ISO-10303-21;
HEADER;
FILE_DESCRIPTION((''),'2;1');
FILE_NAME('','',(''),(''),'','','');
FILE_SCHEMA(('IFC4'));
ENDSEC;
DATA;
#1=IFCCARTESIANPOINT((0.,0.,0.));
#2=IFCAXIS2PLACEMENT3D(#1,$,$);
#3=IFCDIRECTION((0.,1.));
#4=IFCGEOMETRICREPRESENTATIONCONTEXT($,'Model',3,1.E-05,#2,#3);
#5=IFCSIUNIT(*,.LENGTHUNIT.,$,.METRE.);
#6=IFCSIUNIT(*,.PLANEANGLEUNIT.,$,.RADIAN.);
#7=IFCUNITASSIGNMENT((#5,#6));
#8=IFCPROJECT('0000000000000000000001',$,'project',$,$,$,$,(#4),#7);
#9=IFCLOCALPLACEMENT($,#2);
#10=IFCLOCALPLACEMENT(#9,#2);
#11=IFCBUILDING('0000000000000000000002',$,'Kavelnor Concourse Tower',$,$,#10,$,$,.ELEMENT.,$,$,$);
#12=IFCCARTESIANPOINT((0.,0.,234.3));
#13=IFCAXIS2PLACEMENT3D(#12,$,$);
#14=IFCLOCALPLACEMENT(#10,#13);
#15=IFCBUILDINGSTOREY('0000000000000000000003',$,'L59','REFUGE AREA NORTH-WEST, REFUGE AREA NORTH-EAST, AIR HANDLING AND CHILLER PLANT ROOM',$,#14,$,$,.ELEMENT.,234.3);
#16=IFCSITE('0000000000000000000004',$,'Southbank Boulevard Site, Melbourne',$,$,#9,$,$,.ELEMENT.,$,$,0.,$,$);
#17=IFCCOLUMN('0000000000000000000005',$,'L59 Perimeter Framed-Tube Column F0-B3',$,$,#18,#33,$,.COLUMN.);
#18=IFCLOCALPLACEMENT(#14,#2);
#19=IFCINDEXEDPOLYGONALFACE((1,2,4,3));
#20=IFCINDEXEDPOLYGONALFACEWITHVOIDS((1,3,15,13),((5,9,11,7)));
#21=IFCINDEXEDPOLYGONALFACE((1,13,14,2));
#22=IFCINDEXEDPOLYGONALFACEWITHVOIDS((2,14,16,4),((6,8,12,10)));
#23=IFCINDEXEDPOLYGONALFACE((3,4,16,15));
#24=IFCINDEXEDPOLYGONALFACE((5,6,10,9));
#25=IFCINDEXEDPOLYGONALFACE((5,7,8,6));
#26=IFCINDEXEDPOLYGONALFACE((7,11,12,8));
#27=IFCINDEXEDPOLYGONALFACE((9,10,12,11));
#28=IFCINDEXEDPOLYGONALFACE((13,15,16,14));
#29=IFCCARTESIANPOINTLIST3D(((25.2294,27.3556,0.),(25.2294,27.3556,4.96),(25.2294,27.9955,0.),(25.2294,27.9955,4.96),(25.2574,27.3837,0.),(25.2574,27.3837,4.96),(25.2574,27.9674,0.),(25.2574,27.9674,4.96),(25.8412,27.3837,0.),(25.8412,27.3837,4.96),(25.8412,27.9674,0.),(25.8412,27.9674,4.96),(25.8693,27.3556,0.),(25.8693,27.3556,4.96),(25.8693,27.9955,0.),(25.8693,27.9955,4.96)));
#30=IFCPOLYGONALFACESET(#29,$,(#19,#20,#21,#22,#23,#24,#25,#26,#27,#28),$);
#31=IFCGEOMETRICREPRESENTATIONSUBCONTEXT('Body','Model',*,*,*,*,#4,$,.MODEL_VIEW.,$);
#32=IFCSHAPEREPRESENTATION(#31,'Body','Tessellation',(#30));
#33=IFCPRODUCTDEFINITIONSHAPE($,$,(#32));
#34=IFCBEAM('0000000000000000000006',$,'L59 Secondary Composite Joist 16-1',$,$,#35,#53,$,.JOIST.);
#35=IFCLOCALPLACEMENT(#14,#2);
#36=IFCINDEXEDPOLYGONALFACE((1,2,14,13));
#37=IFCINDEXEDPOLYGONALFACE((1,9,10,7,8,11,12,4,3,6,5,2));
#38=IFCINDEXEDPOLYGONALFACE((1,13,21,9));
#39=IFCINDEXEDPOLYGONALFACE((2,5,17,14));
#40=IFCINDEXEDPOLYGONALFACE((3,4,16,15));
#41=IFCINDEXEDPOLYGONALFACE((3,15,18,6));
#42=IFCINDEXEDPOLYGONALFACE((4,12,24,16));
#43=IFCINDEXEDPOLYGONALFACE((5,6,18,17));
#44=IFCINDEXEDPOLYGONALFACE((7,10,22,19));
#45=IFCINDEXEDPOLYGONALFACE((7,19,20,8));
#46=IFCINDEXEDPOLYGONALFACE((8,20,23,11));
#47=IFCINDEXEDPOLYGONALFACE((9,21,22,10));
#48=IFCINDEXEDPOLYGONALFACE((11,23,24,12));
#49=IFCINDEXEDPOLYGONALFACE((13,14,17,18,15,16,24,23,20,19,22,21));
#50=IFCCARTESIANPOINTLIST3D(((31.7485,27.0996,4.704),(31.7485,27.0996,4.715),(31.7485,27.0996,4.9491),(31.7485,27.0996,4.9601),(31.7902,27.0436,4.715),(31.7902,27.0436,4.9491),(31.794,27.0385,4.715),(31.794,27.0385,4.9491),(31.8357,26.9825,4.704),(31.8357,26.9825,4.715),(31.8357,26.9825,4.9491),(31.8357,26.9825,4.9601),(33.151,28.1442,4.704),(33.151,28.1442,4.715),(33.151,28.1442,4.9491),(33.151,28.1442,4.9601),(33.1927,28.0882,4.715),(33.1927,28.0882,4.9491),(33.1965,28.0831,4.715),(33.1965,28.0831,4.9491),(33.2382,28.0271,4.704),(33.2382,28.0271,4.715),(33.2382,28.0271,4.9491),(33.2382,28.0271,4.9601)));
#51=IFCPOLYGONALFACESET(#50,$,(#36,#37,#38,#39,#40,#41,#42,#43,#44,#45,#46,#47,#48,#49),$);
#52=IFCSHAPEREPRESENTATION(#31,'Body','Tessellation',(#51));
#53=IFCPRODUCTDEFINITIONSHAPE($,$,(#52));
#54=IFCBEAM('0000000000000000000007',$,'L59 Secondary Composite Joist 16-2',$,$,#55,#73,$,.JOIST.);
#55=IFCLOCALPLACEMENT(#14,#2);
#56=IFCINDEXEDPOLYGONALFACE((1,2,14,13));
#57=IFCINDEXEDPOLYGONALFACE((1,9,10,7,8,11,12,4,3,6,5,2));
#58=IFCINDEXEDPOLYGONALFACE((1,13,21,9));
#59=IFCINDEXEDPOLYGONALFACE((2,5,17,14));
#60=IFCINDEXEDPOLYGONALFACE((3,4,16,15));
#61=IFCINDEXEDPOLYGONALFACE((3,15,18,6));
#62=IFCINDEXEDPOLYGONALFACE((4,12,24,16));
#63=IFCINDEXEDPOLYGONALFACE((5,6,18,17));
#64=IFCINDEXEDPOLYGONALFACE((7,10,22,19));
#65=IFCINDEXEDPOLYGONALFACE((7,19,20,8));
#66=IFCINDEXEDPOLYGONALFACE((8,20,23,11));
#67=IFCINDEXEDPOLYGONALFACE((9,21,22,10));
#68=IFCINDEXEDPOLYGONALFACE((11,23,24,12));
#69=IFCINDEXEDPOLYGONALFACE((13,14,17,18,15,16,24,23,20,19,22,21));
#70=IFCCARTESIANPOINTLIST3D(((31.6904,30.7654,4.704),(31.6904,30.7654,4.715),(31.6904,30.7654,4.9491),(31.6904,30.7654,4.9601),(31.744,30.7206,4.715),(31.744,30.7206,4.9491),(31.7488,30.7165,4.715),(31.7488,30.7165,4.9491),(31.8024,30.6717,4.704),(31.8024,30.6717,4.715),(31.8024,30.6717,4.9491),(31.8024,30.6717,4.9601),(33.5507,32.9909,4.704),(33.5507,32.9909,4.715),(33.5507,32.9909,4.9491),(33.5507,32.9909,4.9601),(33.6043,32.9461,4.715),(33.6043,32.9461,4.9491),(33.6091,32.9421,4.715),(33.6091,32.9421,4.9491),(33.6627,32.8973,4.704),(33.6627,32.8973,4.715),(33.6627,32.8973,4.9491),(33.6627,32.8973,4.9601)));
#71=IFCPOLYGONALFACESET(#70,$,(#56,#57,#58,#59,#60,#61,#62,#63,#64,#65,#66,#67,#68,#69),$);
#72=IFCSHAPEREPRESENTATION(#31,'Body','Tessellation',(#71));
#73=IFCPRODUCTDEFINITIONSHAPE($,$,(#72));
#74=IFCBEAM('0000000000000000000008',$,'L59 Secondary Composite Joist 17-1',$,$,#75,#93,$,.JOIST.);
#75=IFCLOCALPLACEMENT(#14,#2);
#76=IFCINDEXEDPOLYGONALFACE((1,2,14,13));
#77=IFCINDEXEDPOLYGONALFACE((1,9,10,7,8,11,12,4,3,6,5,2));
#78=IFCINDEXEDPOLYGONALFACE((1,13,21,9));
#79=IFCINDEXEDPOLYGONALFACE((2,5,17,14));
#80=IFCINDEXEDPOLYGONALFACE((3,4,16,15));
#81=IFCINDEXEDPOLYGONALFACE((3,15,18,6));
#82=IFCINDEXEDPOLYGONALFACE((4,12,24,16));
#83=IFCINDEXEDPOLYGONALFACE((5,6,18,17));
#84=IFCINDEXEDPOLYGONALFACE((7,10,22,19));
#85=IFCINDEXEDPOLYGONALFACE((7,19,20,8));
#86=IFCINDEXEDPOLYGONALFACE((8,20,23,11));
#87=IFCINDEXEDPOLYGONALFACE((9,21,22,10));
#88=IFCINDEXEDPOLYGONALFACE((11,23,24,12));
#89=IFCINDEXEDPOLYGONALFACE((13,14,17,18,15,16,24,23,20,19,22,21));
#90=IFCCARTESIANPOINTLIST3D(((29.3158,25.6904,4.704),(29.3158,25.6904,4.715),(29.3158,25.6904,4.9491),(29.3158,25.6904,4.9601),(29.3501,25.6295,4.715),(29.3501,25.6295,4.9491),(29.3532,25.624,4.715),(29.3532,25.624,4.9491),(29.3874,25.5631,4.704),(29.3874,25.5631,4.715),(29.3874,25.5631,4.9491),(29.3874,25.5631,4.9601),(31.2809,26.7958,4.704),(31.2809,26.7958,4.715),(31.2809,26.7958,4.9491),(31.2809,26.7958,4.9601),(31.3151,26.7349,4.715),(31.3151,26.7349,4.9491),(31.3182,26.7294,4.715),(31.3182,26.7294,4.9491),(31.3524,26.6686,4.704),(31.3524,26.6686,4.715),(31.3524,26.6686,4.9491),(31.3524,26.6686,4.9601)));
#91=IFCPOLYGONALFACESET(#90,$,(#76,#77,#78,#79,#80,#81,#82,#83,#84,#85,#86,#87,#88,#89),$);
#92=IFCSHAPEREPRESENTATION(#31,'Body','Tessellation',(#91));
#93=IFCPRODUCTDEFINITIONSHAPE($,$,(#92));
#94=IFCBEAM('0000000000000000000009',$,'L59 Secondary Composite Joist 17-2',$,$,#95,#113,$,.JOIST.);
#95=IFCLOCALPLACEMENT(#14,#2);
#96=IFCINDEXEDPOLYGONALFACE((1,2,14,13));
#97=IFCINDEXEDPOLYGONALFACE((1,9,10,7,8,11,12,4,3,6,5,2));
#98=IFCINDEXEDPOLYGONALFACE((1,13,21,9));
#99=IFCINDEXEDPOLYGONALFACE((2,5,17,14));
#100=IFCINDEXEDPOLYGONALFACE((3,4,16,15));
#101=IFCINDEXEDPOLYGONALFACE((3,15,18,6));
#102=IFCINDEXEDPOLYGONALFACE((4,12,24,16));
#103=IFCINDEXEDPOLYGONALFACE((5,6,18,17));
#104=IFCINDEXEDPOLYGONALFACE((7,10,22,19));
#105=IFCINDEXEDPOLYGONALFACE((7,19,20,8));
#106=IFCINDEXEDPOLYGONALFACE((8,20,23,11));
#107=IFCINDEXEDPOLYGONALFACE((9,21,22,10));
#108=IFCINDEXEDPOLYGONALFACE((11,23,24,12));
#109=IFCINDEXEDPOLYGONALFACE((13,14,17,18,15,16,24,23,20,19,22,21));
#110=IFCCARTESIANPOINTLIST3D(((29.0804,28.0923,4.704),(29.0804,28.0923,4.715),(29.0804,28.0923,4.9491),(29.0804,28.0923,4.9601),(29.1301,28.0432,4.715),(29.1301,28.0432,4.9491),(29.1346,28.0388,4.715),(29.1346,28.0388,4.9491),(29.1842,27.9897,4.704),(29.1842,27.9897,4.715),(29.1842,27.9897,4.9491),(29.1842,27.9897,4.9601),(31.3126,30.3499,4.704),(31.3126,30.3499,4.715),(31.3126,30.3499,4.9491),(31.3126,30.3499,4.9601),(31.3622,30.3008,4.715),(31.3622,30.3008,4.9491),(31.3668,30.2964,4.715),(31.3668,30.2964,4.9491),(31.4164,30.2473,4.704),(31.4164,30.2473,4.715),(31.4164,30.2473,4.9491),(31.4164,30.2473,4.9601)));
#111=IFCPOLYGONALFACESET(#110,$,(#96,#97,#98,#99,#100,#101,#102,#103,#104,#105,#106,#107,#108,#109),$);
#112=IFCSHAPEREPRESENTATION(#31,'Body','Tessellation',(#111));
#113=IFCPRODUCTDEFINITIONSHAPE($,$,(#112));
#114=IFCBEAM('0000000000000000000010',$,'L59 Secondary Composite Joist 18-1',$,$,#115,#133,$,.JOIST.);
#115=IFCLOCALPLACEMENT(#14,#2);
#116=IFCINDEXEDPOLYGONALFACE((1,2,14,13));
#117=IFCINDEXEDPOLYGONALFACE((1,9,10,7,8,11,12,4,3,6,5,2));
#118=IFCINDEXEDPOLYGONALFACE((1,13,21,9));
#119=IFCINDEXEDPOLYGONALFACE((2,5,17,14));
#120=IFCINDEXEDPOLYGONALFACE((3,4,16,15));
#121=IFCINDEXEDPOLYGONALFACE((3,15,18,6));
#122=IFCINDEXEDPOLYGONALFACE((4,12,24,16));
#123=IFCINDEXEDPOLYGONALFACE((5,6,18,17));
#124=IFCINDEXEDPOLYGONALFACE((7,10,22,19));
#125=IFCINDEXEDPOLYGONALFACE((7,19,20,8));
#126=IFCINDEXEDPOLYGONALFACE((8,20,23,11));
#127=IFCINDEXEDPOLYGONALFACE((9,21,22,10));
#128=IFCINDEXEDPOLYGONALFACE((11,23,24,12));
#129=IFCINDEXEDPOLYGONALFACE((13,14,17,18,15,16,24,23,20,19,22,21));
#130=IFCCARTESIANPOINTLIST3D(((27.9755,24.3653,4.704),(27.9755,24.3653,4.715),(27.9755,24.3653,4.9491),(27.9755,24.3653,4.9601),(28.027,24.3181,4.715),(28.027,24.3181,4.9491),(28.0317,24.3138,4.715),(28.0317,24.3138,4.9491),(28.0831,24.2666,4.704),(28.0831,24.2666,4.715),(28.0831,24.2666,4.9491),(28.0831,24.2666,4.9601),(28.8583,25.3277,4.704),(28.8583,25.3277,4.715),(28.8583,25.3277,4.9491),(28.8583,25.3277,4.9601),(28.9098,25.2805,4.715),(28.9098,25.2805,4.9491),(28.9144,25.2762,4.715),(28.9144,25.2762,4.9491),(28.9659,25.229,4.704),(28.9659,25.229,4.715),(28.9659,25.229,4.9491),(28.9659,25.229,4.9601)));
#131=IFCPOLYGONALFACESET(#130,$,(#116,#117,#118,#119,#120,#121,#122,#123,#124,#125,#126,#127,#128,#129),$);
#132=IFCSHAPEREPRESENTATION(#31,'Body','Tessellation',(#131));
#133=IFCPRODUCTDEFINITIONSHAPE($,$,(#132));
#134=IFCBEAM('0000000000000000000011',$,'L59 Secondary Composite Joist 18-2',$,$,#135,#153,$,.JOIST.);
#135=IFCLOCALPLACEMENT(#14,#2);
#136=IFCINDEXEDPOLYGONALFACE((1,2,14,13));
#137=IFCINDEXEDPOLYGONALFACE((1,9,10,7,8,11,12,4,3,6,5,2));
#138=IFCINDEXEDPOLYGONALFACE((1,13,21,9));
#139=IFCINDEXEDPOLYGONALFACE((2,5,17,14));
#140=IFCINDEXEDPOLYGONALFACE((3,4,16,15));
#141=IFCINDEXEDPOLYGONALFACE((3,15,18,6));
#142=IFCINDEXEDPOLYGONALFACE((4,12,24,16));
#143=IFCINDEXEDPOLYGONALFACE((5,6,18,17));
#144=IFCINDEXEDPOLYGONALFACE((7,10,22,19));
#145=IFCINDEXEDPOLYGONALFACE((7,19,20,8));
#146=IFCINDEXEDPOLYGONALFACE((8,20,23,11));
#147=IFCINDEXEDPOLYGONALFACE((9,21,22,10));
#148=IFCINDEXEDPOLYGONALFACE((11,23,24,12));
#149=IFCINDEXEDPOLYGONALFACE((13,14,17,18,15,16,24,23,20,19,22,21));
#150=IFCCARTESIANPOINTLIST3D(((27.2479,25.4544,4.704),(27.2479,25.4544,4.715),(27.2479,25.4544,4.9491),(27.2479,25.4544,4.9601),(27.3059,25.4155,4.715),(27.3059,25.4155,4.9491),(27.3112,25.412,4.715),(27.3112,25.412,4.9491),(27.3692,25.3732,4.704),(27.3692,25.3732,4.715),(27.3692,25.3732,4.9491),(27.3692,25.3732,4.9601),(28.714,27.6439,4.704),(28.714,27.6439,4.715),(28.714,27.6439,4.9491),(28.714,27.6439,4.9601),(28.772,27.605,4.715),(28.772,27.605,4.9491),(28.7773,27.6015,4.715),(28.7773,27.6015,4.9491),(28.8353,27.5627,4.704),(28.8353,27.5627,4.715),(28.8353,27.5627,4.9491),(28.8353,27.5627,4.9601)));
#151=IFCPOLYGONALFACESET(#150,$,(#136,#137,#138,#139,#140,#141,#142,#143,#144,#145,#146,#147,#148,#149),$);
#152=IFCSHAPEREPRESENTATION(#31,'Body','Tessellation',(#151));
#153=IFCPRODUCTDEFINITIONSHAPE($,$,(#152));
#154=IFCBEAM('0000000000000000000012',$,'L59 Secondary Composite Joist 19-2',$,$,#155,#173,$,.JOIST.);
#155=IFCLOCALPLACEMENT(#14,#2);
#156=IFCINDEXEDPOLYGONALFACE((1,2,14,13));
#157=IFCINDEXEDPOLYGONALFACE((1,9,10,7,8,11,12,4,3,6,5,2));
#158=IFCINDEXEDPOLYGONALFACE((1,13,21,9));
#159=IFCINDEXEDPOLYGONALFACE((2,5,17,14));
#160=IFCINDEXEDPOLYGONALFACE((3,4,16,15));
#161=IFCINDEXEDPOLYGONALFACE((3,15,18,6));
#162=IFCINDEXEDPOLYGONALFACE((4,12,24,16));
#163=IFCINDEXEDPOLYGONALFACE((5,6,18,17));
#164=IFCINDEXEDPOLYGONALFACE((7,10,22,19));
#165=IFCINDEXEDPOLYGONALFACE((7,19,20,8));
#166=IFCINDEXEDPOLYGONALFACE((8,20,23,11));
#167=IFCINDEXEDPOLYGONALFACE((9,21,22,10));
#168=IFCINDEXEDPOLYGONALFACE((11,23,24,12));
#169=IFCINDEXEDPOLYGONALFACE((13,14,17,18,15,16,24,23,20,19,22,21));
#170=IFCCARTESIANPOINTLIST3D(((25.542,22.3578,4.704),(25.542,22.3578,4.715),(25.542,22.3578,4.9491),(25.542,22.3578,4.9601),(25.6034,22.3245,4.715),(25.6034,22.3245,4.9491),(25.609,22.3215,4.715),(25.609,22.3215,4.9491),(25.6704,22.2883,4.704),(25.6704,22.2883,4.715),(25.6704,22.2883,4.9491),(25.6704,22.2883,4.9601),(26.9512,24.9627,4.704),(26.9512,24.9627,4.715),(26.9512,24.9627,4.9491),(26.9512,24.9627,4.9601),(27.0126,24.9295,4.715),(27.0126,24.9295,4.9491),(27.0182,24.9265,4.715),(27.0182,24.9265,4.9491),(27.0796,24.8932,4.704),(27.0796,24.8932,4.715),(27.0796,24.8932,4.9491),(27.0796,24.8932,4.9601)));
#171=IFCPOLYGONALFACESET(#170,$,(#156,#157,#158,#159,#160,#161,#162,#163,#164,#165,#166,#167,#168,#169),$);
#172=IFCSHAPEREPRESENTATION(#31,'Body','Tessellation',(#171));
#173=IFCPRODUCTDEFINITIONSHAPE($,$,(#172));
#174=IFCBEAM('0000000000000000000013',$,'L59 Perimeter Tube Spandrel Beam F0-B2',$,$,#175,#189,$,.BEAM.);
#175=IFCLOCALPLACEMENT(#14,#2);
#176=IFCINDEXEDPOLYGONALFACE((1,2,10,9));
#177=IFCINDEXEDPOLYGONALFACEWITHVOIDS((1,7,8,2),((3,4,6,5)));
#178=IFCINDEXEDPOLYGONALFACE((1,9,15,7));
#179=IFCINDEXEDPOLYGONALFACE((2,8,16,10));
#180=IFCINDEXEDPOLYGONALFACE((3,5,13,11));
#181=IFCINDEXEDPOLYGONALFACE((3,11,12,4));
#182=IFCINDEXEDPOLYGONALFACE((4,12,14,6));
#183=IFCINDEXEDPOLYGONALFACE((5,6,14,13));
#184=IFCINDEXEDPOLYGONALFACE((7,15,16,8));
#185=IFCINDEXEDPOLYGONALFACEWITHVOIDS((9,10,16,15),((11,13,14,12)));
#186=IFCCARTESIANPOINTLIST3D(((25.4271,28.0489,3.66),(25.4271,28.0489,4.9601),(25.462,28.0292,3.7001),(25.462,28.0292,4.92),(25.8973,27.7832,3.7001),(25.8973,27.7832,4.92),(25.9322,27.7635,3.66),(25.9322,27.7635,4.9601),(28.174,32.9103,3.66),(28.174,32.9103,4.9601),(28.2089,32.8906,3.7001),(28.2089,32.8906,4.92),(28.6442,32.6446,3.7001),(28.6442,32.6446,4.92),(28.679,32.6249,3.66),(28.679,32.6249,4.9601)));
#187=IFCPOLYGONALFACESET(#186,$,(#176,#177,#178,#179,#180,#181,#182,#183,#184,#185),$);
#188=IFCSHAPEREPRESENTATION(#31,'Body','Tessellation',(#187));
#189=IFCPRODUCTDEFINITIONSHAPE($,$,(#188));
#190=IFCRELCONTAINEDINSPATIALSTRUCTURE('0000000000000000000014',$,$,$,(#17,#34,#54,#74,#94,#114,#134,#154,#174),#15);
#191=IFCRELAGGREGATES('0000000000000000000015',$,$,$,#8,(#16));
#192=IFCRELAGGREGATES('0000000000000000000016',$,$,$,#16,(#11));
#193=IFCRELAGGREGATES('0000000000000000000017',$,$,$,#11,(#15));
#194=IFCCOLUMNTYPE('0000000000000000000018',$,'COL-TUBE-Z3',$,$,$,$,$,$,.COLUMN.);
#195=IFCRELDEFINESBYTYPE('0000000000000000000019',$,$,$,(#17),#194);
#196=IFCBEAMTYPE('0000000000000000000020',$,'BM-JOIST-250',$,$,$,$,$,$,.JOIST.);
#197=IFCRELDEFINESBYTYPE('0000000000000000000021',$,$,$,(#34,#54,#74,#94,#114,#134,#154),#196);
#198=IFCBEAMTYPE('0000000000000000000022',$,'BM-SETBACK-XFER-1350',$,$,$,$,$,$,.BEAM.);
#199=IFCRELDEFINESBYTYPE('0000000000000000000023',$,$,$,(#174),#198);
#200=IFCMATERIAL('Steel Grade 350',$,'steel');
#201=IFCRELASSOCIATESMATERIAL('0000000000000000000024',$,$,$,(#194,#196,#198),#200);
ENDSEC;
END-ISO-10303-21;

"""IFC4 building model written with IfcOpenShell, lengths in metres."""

from ifc_helpers import new_model, si_unit, direction, frame, origin, origin_2d, place, context, subcontext, project, spatial, hollow_rectangle, i_section, extrude, material, material_profile, profile_set, type_object, element, save


model = new_model("IFC4")

# Units and contexts
model_context = context("Model", 3, precision=1e-05, world=origin(), true_north=direction((0.0, 1.0)))
body_context = subcontext(model_context, "Body", "Model", "MODEL_VIEW")
ifc_project = project(units=[si_unit("LENGTHUNIT", "METRE"), si_unit("PLANEANGLEUNIT", "RADIAN")], contexts=[model_context])

# Site, building, storey
site_placement = place(None, origin())
site = spatial("IfcSite", under=ifc_project, at=site_placement, Name="Southbank Boulevard Site, Melbourne", CompositionType="ELEMENT", RefElevation=0.0)
building_placement = place(site_placement, origin())
building = spatial("IfcBuilding", under=site, at=building_placement, Name="Kavelnor Concourse Tower", CompositionType="ELEMENT")
storey_placement = place(building_placement, frame((0.0, 0.0, 234.3)))
storey = spatial("IfcBuildingStorey", under=building, at=storey_placement, Name="L59", Description="REFUGE AREA NORTH-WEST, REFUGE AREA NORTH-EAST, AIR HANDLING AND CHILLER PLANT ROOM", CompositionType="ELEMENT", Elevation=234.3)

# Column
ifc_material_1 = material(Name="Steel Grade 350", Category="steel")
ifc_material_profile_1 = material_profile(ifc_material_1, hollow_rectangle(XDim=0.6399, YDim=0.6399, WallThickness=0.0281, at=origin_2d()), Name="SHS 640x640x28")
ifc_profile_set_1 = profile_set([ifc_material_profile_1], Name="Steel Grade 350")
column_type = type_object("IfcColumnType", Name="COL-TUBE-Z3", PredefinedType="COLUMN", material=ifc_profile_set_1)
column_placement = place(storey_placement, frame((25.5493, 27.6755, 0.0), z_axis=(0.0, 0.0, 1.0), x_axis=(1.0, 0.0, 0.0)))
element("IfcColumn", 1, at=column_placement, inside=storey, type_object=column_type, Name="L59 Perimeter Framed-Tube Column F0-B3", PredefinedType="COLUMN", context=body_context, shape_type="SweptSolid", body=[
    extrude(hollow_rectangle(XDim=0.6399, YDim=0.6399, WallThickness=0.0281, at=origin_2d()), origin(), (0.0, 0.0, 1.0), 4.96),
])

# Beams
ifc_material_profile_2 = material_profile(ifc_material_1, i_section(OverallWidth=0.146, OverallDepth=0.2561, WebThickness=0.0063, FlangeThickness=0.011, at=origin_2d()), Name="250UB37")
ifc_profile_set_2 = profile_set([ifc_material_profile_2], Name="Steel Grade 350")
beam_type_1 = type_object("IfcBeamType", Name="BM-JOIST-250", PredefinedType="JOIST", material=ifc_profile_set_2)
beam_1_placement = place(storey_placement, frame((33.1946, 28.0857, 4.832), z_axis=(-0.801989, -0.597339, 0.0), x_axis=(0.597339, -0.801989, 0.0)))
element("IfcBeam", 2, at=beam_1_placement, inside=storey, type_object=beam_type_1, Name="L59 Secondary Composite Joist 16-1", PredefinedType="JOIST", context=body_context, shape_type="SweptSolid", body=[
    extrude(i_section(OverallWidth=0.146, OverallDepth=0.2561, WebThickness=0.0063, FlangeThickness=0.011, at=origin_2d()), origin(), (0.0, 0.0, 1.0), 1.7488),
])
beam_2_placement = place(storey_placement, frame((33.6067, 32.9441, 4.832), z_axis=(-0.641343, -0.767255, 0.0), x_axis=(0.767255, -0.641343, 0.0)))
element("IfcBeam", 3, at=beam_2_placement, inside=storey, type_object=beam_type_1, Name="L59 Secondary Composite Joist 16-2", PredefinedType="JOIST", context=body_context, shape_type="SweptSolid", body=[
    extrude(i_section(OverallWidth=0.146, OverallDepth=0.2561, WebThickness=0.0063, FlangeThickness=0.011, at=origin_2d()), origin(), (0.0, 0.0, 1.0), 2.9006),
])
beam_3_placement = place(storey_placement, frame((31.3167, 26.7322, 4.832), z_axis=(-0.871555, -0.490297, 0.0), x_axis=(0.490297, -0.871555, 0.0)))
element("IfcBeam", 4, at=beam_3_placement, inside=storey, type_object=beam_type_1, Name="L59 Secondary Composite Joist 17-1", PredefinedType="JOIST", context=body_context, shape_type="SweptSolid", body=[
    extrude(i_section(OverallWidth=0.146, OverallDepth=0.2561, WebThickness=0.0063, FlangeThickness=0.011, at=origin_2d()), origin(), (0.0, 0.0, 1.0), 2.2546),
])
beam_4_placement = place(storey_placement, frame((31.3645, 30.2986, 4.832), z_axis=(-0.703097, -0.711094, 0.0), x_axis=(0.711094, -0.703097, 0.0)))
element("IfcBeam", 5, at=beam_4_placement, inside=storey, type_object=beam_type_1, Name="L59 Secondary Composite Joist 17-2", PredefinedType="JOIST", context=body_context, shape_type="SweptSolid", body=[
    extrude(i_section(OverallWidth=0.146, OverallDepth=0.2561, WebThickness=0.0063, FlangeThickness=0.011, at=origin_2d()), origin(), (0.0, 0.0, 1.0), 3.1748),
])
beam_5_placement = place(storey_placement, frame((28.9121, 25.2783, 4.832), z_axis=(-0.675979, -0.736921, 0.0), x_axis=(0.736921, -0.675979, 0.0)))
element("IfcBeam", 6, at=beam_5_placement, inside=storey, type_object=beam_type_1, Name="L59 Secondary Composite Joist 18-1", PredefinedType="JOIST", context=body_context, shape_type="SweptSolid", body=[
    extrude(i_section(OverallWidth=0.146, OverallDepth=0.2561, WebThickness=0.0063, FlangeThickness=0.011, at=origin_2d()), origin(), (0.0, 0.0, 1.0), 1.3059),
])
beam_6_placement = place(storey_placement, frame((28.7747, 27.6033, 4.832), z_axis=(-0.556388, -0.830922, 0.0), x_axis=(0.830922, -0.556388, 0.0)))
element("IfcBeam", 7, at=beam_6_placement, inside=storey, type_object=beam_type_1, Name="L59 Secondary Composite Joist 18-2", PredefinedType="JOIST", context=body_context, shape_type="SweptSolid", body=[
    extrude(i_section(OverallWidth=0.146, OverallDepth=0.2561, WebThickness=0.0063, FlangeThickness=0.011, at=origin_2d()), origin(), (0.0, 0.0, 1.0), 2.635),
])
beam_7_placement = place(storey_placement, frame((27.0154, 24.928, 4.832), z_axis=(-0.4758, -0.879554, 0.0), x_axis=(0.879554, -0.4758, 0.0)))
element("IfcBeam", 8, at=beam_7_placement, inside=storey, type_object=beam_type_1, Name="L59 Secondary Composite Joist 19-2", PredefinedType="JOIST", context=body_context, shape_type="SweptSolid", body=[
    extrude(i_section(OverallWidth=0.146, OverallDepth=0.2561, WebThickness=0.0063, FlangeThickness=0.011, at=origin_2d()), origin(), (0.0, 0.0, 1.0), 2.9617),
])
ifc_material_profile_3 = material_profile(ifc_material_1, hollow_rectangle(XDim=0.5801, YDim=1.3, WallThickness=0.04, at=origin_2d()), Name="RHS 1300x580x40")
ifc_profile_set_3 = profile_set([ifc_material_profile_3], Name="Steel Grade 350")
beam_type_2 = type_object("IfcBeamType", Name="BM-SETBACK-XFER-1350", PredefinedType="BEAM", material=ifc_profile_set_3)
for number, where, z_axis, x_axis, name in (
    (9, (28.4265, 32.7676, 4.3101), (-0.491938, -0.87063, 0.0), (0.87063, -0.491938, 0.0), "L59 Perimeter Tube Spandrel Beam F0-B2"),
):
    element("IfcBeam", number, at=place(storey_placement, frame(where, z_axis=z_axis, x_axis=x_axis)), inside=storey, type_object=beam_type_2, Name=name, PredefinedType="BEAM", context=body_context, shape_type="SweptSolid", body=[
        extrude(hollow_rectangle(XDim=0.5801, YDim=1.3, WallThickness=0.04, at=origin_2d()), origin(), (0.0, 0.0, 1.0), 5.5837),
    ])

save(model, "model.ifc")
